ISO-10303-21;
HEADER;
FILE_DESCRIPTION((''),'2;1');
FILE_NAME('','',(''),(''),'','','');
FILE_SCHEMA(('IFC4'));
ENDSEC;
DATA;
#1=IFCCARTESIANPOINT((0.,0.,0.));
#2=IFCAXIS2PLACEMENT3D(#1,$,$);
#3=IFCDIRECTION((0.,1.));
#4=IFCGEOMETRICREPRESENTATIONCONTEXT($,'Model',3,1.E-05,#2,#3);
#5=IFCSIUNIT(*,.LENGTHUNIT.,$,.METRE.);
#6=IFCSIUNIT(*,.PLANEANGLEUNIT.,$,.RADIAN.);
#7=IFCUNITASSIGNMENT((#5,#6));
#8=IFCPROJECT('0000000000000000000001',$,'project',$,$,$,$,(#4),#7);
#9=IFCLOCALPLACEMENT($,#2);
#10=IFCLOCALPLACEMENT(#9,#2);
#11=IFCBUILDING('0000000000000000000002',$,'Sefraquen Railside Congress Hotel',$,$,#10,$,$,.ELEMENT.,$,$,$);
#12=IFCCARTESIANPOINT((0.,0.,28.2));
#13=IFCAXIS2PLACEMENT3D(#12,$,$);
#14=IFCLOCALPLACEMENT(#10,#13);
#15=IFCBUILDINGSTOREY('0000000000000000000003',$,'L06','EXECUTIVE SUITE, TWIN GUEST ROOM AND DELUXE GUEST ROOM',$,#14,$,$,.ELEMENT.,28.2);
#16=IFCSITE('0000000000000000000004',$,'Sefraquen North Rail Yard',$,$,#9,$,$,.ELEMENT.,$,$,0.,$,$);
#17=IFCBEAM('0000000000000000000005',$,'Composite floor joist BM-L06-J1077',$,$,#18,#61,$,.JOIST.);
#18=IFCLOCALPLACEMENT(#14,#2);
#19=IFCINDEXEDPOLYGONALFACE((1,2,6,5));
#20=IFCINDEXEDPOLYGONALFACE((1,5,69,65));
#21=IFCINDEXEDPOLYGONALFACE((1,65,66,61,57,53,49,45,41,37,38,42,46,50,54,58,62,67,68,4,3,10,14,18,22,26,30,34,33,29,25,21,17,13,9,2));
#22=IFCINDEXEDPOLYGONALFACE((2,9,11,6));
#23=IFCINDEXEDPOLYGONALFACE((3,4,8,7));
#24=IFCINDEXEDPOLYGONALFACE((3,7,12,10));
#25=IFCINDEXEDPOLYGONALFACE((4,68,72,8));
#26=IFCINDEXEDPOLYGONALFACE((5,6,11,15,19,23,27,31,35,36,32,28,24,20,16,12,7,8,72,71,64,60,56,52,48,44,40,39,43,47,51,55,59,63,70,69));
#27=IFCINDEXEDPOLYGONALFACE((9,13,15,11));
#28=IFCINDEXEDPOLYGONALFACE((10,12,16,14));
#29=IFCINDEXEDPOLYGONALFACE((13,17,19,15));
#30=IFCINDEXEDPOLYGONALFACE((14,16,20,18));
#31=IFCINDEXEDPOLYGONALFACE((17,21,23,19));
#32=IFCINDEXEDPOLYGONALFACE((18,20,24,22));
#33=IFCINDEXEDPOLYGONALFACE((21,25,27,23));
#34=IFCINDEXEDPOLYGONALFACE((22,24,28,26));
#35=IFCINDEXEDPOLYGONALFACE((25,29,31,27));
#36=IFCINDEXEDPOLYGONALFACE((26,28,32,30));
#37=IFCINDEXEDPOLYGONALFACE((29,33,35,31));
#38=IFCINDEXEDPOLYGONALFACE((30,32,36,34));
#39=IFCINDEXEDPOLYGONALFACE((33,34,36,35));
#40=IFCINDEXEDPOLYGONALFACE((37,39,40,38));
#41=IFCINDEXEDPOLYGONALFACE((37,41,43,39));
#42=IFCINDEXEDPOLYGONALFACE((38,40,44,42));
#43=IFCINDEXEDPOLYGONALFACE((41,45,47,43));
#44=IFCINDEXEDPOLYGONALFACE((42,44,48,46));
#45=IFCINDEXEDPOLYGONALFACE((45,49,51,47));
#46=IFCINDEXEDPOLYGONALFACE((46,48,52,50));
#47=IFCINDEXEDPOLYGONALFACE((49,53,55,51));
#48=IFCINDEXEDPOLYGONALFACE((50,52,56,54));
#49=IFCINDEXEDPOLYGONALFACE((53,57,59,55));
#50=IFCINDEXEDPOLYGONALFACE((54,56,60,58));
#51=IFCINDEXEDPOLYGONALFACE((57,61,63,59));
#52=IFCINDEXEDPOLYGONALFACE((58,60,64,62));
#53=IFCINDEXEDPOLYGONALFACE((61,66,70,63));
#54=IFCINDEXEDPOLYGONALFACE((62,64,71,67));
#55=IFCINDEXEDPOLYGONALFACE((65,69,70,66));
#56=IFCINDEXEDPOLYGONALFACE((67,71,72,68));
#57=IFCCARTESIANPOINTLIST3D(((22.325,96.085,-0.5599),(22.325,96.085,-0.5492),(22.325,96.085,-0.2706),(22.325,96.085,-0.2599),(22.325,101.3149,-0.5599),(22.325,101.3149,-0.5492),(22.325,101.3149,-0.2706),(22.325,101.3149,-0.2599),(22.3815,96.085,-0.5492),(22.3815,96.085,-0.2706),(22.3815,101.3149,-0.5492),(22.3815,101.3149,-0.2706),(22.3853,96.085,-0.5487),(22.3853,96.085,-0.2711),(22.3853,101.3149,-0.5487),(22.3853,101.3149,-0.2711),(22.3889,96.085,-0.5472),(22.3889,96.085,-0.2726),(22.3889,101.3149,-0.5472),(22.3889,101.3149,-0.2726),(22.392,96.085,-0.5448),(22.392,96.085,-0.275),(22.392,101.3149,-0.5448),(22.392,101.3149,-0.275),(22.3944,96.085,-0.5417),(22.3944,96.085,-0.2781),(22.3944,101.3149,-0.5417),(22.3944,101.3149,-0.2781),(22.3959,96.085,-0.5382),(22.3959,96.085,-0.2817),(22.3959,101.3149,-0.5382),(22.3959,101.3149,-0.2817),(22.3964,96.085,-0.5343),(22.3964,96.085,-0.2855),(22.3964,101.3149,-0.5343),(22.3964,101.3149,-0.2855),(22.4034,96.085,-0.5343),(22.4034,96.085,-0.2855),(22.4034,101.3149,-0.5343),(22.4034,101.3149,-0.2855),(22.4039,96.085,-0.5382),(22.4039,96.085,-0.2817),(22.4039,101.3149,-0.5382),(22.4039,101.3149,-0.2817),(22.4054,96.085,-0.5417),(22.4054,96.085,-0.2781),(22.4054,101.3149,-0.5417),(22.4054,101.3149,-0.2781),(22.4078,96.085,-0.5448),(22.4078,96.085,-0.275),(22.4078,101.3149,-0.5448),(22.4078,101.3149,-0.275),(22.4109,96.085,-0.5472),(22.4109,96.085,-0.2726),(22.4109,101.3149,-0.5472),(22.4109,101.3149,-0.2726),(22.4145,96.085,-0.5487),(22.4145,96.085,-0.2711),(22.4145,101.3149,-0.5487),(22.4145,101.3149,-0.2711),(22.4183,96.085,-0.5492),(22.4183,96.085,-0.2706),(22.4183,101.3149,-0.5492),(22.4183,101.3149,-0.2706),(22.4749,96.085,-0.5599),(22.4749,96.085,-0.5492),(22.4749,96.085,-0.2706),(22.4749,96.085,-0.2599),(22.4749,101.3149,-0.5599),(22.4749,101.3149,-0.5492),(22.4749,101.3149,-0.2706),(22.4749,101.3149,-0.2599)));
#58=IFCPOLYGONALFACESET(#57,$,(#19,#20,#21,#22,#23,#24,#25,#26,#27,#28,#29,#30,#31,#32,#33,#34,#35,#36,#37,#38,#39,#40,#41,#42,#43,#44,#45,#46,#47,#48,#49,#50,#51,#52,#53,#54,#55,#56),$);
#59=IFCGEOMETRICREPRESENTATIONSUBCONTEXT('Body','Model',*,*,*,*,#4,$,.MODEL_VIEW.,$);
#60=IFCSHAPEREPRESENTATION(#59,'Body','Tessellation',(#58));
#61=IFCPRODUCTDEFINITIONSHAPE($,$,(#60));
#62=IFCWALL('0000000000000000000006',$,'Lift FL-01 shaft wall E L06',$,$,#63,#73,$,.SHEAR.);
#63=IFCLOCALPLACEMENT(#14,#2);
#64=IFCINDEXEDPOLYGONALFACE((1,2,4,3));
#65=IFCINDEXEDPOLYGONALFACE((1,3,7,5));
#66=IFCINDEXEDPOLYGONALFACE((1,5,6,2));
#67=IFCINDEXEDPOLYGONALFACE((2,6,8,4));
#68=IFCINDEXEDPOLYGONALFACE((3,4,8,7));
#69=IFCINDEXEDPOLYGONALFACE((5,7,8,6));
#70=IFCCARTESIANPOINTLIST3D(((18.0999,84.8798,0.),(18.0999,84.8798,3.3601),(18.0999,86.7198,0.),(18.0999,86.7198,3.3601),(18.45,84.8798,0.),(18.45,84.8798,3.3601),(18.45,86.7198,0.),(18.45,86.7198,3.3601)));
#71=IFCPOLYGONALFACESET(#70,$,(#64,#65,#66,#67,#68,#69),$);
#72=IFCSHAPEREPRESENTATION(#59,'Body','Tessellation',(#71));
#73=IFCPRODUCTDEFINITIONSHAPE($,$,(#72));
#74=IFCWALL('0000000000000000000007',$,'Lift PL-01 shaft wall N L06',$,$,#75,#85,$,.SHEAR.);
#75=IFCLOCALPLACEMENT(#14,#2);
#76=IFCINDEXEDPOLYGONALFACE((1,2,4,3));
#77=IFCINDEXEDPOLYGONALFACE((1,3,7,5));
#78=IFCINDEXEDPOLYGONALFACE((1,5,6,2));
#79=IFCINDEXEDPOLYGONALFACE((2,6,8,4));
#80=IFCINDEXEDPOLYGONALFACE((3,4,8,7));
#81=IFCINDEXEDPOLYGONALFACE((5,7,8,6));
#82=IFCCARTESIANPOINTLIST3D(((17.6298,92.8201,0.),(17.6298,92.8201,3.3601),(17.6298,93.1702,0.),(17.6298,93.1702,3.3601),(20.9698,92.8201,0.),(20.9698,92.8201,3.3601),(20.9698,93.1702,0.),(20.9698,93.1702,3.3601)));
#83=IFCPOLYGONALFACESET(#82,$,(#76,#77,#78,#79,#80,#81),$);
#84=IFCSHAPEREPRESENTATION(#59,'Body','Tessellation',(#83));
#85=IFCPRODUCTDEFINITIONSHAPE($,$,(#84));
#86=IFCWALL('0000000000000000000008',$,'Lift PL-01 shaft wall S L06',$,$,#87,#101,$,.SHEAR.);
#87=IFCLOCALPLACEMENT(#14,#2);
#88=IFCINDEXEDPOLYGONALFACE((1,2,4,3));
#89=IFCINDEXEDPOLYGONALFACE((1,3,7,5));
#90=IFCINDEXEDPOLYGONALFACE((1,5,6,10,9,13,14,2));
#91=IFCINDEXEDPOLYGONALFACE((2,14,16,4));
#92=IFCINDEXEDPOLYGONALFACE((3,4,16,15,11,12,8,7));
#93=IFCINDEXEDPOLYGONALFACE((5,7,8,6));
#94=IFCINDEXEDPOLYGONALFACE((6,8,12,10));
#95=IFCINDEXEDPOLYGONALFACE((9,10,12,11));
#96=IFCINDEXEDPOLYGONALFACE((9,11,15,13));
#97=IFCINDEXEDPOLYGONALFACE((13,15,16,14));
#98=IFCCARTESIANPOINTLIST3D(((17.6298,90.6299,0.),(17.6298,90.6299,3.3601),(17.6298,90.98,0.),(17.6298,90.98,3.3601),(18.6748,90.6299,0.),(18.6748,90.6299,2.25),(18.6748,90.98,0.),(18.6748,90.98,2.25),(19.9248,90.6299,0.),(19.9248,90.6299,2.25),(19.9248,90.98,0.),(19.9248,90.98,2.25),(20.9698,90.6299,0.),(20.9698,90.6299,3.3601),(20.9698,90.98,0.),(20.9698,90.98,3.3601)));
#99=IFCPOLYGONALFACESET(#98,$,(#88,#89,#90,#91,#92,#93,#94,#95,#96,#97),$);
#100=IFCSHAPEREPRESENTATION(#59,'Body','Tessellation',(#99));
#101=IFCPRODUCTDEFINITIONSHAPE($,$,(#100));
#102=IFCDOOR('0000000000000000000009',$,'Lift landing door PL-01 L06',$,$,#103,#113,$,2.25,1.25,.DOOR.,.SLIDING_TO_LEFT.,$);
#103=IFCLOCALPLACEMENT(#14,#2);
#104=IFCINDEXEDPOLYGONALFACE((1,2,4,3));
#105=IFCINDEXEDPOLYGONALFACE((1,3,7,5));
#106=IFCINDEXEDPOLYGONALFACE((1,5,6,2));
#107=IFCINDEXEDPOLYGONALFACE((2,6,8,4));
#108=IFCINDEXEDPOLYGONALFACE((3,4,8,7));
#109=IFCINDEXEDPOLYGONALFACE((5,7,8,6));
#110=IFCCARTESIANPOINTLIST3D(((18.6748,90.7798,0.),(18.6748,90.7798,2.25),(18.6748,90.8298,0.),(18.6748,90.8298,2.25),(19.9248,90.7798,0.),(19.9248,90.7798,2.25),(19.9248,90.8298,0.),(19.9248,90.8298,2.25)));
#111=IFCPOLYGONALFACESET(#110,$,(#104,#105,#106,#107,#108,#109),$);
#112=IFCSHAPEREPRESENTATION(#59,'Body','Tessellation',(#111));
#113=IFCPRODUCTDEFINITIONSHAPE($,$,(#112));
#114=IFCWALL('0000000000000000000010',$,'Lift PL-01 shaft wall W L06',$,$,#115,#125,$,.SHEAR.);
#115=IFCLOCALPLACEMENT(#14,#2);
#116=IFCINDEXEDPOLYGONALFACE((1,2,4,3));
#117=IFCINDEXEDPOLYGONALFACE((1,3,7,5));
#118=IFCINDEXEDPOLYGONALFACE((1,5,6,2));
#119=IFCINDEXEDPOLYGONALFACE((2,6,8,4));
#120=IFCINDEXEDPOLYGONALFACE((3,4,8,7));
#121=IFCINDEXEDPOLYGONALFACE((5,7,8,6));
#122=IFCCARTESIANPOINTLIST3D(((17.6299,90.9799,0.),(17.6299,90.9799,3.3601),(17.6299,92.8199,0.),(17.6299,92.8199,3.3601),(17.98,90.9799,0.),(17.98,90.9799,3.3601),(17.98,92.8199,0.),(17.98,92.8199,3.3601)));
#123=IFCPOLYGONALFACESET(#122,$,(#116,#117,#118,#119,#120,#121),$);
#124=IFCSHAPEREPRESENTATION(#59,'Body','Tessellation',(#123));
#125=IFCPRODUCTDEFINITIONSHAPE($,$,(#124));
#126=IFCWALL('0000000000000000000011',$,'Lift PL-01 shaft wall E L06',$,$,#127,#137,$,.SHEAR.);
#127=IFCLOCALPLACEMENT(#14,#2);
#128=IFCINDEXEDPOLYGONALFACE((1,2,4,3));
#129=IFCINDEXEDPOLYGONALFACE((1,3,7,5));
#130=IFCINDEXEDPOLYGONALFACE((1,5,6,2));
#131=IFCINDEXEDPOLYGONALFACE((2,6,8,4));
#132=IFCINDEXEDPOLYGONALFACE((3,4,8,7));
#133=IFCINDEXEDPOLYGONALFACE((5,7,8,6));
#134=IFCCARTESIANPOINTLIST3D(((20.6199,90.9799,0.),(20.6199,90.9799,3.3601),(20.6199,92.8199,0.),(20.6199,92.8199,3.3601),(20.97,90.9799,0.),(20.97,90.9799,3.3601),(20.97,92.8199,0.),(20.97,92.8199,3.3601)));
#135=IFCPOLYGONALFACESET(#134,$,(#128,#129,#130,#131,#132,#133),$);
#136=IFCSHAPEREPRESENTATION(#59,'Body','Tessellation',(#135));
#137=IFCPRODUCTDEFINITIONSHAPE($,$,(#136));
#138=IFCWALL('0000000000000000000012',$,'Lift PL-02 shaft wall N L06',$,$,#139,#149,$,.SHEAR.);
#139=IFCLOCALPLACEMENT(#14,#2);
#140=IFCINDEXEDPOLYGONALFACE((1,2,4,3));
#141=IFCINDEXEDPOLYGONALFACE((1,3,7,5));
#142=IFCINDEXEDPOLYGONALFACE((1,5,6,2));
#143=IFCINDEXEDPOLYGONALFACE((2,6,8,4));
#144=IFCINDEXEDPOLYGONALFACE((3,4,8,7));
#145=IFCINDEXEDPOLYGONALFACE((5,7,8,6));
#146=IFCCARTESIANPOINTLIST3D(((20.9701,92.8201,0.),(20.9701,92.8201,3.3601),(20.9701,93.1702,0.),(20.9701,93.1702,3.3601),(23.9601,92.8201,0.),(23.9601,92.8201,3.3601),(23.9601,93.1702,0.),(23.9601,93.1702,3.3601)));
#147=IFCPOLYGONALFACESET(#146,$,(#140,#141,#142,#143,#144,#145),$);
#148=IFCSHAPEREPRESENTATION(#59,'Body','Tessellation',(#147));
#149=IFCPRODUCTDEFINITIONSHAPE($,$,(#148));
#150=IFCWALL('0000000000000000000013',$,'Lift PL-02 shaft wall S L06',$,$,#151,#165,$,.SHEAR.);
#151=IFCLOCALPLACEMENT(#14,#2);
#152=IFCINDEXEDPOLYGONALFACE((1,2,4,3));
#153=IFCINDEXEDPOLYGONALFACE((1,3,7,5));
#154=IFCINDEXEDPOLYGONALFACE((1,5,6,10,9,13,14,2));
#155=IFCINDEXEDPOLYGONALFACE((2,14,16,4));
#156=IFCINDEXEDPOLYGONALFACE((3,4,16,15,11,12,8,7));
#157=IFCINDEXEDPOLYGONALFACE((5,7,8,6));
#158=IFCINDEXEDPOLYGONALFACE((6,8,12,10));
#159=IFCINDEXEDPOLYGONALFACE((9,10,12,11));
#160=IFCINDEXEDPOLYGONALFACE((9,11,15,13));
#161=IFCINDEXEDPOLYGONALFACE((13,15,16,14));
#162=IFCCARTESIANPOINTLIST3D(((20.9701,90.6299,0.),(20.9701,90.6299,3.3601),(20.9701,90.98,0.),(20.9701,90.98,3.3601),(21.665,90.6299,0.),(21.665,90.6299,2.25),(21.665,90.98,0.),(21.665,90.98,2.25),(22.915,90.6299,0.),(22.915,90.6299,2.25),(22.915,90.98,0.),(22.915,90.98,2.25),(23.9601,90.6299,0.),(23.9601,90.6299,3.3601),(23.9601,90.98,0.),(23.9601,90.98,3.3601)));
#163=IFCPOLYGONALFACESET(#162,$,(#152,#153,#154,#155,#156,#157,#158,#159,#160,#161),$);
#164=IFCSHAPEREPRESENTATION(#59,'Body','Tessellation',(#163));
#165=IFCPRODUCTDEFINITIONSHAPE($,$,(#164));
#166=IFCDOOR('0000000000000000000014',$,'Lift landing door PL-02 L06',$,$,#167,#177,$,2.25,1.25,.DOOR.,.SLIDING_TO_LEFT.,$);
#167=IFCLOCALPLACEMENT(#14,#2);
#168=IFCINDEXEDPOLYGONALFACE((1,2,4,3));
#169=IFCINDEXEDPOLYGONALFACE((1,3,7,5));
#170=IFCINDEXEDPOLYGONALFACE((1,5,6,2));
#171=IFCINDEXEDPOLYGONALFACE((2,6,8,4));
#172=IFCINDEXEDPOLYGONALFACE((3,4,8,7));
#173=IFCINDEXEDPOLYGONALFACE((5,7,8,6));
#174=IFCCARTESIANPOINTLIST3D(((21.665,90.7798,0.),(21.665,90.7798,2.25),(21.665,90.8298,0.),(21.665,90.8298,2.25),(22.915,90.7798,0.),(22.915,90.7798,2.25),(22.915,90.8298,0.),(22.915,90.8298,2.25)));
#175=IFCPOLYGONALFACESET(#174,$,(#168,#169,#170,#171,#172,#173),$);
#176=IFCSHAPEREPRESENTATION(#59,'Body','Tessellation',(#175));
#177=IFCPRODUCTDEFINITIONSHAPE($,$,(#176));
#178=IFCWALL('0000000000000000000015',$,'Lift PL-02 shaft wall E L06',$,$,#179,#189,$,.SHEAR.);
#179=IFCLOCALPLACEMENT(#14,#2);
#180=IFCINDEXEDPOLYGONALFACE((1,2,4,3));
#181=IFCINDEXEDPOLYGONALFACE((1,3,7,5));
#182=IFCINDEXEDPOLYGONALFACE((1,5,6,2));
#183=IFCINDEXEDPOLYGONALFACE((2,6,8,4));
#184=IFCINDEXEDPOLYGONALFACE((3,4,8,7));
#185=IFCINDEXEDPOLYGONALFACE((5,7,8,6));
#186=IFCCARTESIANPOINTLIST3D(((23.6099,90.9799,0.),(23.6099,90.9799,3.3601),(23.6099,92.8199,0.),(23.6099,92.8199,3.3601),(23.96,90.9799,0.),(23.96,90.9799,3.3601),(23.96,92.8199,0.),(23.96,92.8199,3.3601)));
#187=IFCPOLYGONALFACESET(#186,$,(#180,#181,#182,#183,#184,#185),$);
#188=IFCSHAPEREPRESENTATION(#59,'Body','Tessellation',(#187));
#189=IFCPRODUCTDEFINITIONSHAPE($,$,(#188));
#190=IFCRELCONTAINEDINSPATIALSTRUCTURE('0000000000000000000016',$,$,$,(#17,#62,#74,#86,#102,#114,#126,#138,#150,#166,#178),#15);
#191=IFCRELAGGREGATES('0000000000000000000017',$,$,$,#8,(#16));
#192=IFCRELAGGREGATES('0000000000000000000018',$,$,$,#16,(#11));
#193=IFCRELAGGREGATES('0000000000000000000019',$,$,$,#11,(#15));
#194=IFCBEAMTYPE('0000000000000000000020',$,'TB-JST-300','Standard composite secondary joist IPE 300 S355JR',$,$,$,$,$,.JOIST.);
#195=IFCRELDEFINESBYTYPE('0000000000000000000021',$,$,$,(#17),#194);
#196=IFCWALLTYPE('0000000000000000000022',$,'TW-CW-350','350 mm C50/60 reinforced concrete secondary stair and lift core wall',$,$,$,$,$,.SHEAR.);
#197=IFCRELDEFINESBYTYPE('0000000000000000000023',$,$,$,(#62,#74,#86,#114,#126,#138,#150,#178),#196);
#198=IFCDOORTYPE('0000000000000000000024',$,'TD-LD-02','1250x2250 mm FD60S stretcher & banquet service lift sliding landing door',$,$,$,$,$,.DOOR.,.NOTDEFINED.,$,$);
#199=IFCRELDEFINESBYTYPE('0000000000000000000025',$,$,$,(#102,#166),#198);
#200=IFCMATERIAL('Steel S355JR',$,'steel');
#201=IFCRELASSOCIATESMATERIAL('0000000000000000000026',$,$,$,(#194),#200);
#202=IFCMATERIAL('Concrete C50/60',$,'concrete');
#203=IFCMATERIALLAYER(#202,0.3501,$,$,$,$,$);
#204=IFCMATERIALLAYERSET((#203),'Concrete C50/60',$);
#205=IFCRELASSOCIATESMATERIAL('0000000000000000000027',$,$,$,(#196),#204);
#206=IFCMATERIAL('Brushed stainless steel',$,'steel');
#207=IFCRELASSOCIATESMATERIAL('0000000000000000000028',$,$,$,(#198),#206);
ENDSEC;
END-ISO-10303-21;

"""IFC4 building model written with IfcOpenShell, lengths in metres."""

from ifc_helpers import new_model, si_unit, direction, frame, frame_2d, origin, origin_2d, place, context, subcontext, project, spatial, rectangle, i_section, extrude, material, layer, layer_set, material_profile, profile_set, type_object, element, fill, save


model = new_model("IFC4")

# Units and contexts
model_context = context("Model", 3, precision=1e-05, world=origin(), true_north=direction((0.0, 1.0)))
body_context = subcontext(model_context, "Body", "Model", "MODEL_VIEW")
ifc_project = project(units=[si_unit("LENGTHUNIT", "METRE"), si_unit("PLANEANGLEUNIT", "RADIAN")], contexts=[model_context])

# Site, building, storey
site_placement = place(None, origin())
site = spatial("IfcSite", under=ifc_project, at=site_placement, Name="Sefraquen North Rail Yard", CompositionType="ELEMENT", RefElevation=0.0)
building_placement = place(site_placement, origin())
building = spatial("IfcBuilding", under=site, at=building_placement, Name="Sefraquen Railside Congress Hotel", CompositionType="ELEMENT")
storey_placement = place(building_placement, frame((0.0, 0.0, 28.2)))
storey = spatial("IfcBuildingStorey", under=building, at=storey_placement, Name="L06", Description="EXECUTIVE SUITE, TWIN GUEST ROOM AND DELUXE GUEST ROOM", CompositionType="ELEMENT", Elevation=28.2)

# Shared definitions
ifc_material_1 = material(Name="Steel S355JR", Category="steel")

# Beam
ifc_material_profile_1 = material_profile(ifc_material_1, i_section(OverallWidth=0.1499, OverallDepth=0.3, WebThickness=0.0071, FlangeThickness=0.0107, FilletRadius=0.0149, at=origin_2d()), Name="IPE 300")
ifc_profile_set_1 = profile_set([ifc_material_profile_1], Name="Steel S355JR")
beam_type_1 = type_object("IfcBeamType", Name="TB-JST-300", Description="Standard composite secondary joist IPE 300 S355JR", PredefinedType="JOIST", material=ifc_profile_set_1)
for number, where, z_axis, x_axis, name in (
    (1, (22.3999, 96.085, -0.4099), (0.0, 1.0, 0.0), (-1.0, 0.0, 0.0), "Composite floor joist BM-L06-J1077"),
):
    element("IfcBeam", number, at=place(storey_placement, frame(where, z_axis=z_axis, x_axis=x_axis)), inside=storey, type_object=beam_type_1, Name=name, PredefinedType="JOIST", context=body_context, shape_type="SweptSolid", body=[
        extrude(i_section(OverallWidth=0.1499, OverallDepth=0.3, WebThickness=0.0071, FlangeThickness=0.0107, FilletRadius=0.0149, at=origin_2d()), origin(), (0.0, 0.0, 1.0), 5.23),
    ])

# Walls
ifc_material_2 = material(Name="Concrete C50/60", Category="concrete")
ifc_layer_1 = layer(ifc_material_2, 0.3501)
ifc_layer_set_1 = layer_set([ifc_layer_1], Name="Concrete C50/60")
wall_type_1 = type_object("IfcWallType", Name="TW-CW-350", Description="350 mm C50/60 reinforced concrete secondary stair and lift core wall", PredefinedType="SHEAR", material=ifc_layer_set_1)
wall_1_placement = place(storey_placement, frame((18.2749, 84.8799, 0.0), z_axis=(0.0, 0.0, 1.0), x_axis=(0.0, 1.0, 0.0)))
element("IfcWall", 2, at=wall_1_placement, inside=storey, type_object=wall_type_1, Name="Lift FL-01 shaft wall E L06", PredefinedType="SHEAR", context=body_context, shape_type="SweptSolid", body=[
    extrude(rectangle(XDim=1.8401, YDim=0.3501, at=frame_2d((0.9199, 0.0))), origin(), (0.0, 0.0, 1.0), 3.3601),
])
wall_2_placement = place(storey_placement, frame((17.6299, 92.9951, 0.0), z_axis=(0.0, 0.0, 1.0), x_axis=(1.0, 0.0, 0.0)))
element("IfcWall", 3, at=wall_2_placement, inside=storey, type_object=wall_type_1, Name="Lift PL-01 shaft wall N L06", PredefinedType="SHEAR", context=body_context, shape_type="SweptSolid", body=[
    extrude(rectangle(XDim=3.3401, YDim=0.3501, at=frame_2d((1.6699, 0.0))), origin(), (0.0, 0.0, 1.0), 3.3601),
])

# Wall, opening, door
wall_3_placement = place(storey_placement, frame((17.6299, 90.8049, 0.0), z_axis=(0.0, 0.0, 1.0), x_axis=(1.0, 0.0, 0.0)))
wall_3 = element("IfcWall", 4, at=wall_3_placement, inside=storey, type_object=wall_type_1, Name="Lift PL-01 shaft wall S L06", PredefinedType="SHEAR", context=body_context, shape_type="SweptSolid", body=[
    extrude(rectangle(XDim=3.3401, YDim=0.3501, at=frame_2d((1.6699, 0.0))), origin(), (0.0, 0.0, 1.0), 3.3601),
])
opening_1_placement = place(wall_3_placement, frame((1.0449, 0.0, 0.0)))
opening_1 = element("IfcOpeningElement", 5, at=opening_1_placement, cuts=wall_3, PredefinedType="OPENING", context=body_context, shape_type="SweptSolid", body=[
    extrude(rectangle(XDim=1.25, YDim=2.25, at=frame_2d((0.625, 1.125))), frame((0.0, 0.1851, 0.0), z_axis=(0.0, -1.0, 0.0), x_axis=(1.0, 0.0, 0.0)), (0.0, 0.0, 1.0), 0.3701),
])
ifc_material_3 = material(Name="Brushed stainless steel", Category="steel")
door_type = type_object("IfcDoorType", Name="TD-LD-02", Description="1250x2250 mm FD60S stretcher & banquet service lift sliding landing door", OperationType="NOTDEFINED", PredefinedType="DOOR", material=ifc_material_3)
door_1_placement = place(opening_1_placement, origin())
door_1 = element("IfcDoor", 6, at=door_1_placement, inside=storey, type_object=door_type, Name="Lift landing door PL-01 L06", OperationType="SLIDING_TO_LEFT", OverallHeight=2.25, OverallWidth=1.25, PredefinedType="DOOR", context=body_context, shape_type="SweptSolid", body=[
    extrude(rectangle(XDim=1.25, YDim=2.25, at=frame_2d((0.625, 1.125))), frame((0.0, 0.0249, 0.0), z_axis=(0.0, -1.0, 0.0), x_axis=(1.0, 0.0, 0.0)), (0.0, 0.0, 1.0), 0.05),
])
fill(opening_1, door_1)

# Walls
for number, where, z_axis, x_axis, name in (
    (7, (17.8049, 90.98, 0.0), (0.0, 0.0, 1.0), (0.0, 1.0, 0.0), "Lift PL-01 shaft wall W L06"),
    (8, (20.7949, 90.98, 0.0), (0.0, 0.0, 1.0), (0.0, 1.0, 0.0), "Lift PL-01 shaft wall E L06"),
):
    element("IfcWall", number, at=place(storey_placement, frame(where, z_axis=z_axis, x_axis=x_axis)), inside=storey, type_object=wall_type_1, Name=name, PredefinedType="SHEAR", context=body_context, shape_type="SweptSolid", body=[
        extrude(rectangle(XDim=1.8401, YDim=0.3501, at=frame_2d((0.9199, 0.0))), origin(), (0.0, 0.0, 1.0), 3.3601),
    ])
wall_4_placement = place(storey_placement, frame((20.97, 92.9951, 0.0), z_axis=(0.0, 0.0, 1.0), x_axis=(1.0, 0.0, 0.0)))
element("IfcWall", 9, at=wall_4_placement, inside=storey, type_object=wall_type_1, Name="Lift PL-02 shaft wall N L06", PredefinedType="SHEAR", context=body_context, shape_type="SweptSolid", body=[
    extrude(rectangle(XDim=2.99, YDim=0.3501, at=frame_2d((1.4951, 0.0))), origin(), (0.0, 0.0, 1.0), 3.3601),
])

# Wall, opening, door
wall_5_placement = place(storey_placement, frame((20.97, 90.8049, 0.0), z_axis=(0.0, 0.0, 1.0), x_axis=(1.0, 0.0, 0.0)))
wall_5 = element("IfcWall", 10, at=wall_5_placement, inside=storey, type_object=wall_type_1, Name="Lift PL-02 shaft wall S L06", PredefinedType="SHEAR", context=body_context, shape_type="SweptSolid", body=[
    extrude(rectangle(XDim=2.99, YDim=0.3501, at=frame_2d((1.4951, 0.0))), origin(), (0.0, 0.0, 1.0), 3.3601),
])
opening_2_placement = place(wall_5_placement, frame((0.6951, 0.0, 0.0)))
opening_2 = element("IfcOpeningElement", 11, at=opening_2_placement, cuts=wall_5, PredefinedType="OPENING", context=body_context, shape_type="SweptSolid", body=[
    extrude(rectangle(XDim=1.25, YDim=2.25, at=frame_2d((0.625, 1.125))), frame((0.0, 0.1851, 0.0), z_axis=(0.0, -1.0, 0.0), x_axis=(1.0, 0.0, 0.0)), (0.0, 0.0, 1.0), 0.3701),
])
door_2_placement = place(opening_2_placement, origin())
door_2 = element("IfcDoor", 12, at=door_2_placement, inside=storey, type_object=door_type, Name="Lift landing door PL-02 L06", OperationType="SLIDING_TO_LEFT", OverallHeight=2.25, OverallWidth=1.25, PredefinedType="DOOR", context=body_context, shape_type="SweptSolid", body=[
    extrude(rectangle(XDim=1.25, YDim=2.25, at=frame_2d((0.625, 1.125))), frame((0.0, 0.0249, 0.0), z_axis=(0.0, -1.0, 0.0), x_axis=(1.0, 0.0, 0.0)), (0.0, 0.0, 1.0), 0.05),
])
fill(opening_2, door_2)

# Wall
wall_6_placement = place(storey_placement, frame((23.7849, 90.98, 0.0), z_axis=(0.0, 0.0, 1.0), x_axis=(0.0, 1.0, 0.0)))
element("IfcWall", 13, at=wall_6_placement, inside=storey, type_object=wall_type_1, Name="Lift PL-02 shaft wall E L06", PredefinedType="SHEAR", context=body_context, shape_type="SweptSolid", body=[
    extrude(rectangle(XDim=1.8401, YDim=0.3501, at=frame_2d((0.9199, 0.0))), origin(), (0.0, 0.0, 1.0), 3.3601),
])

save(model, "model.ifc")
